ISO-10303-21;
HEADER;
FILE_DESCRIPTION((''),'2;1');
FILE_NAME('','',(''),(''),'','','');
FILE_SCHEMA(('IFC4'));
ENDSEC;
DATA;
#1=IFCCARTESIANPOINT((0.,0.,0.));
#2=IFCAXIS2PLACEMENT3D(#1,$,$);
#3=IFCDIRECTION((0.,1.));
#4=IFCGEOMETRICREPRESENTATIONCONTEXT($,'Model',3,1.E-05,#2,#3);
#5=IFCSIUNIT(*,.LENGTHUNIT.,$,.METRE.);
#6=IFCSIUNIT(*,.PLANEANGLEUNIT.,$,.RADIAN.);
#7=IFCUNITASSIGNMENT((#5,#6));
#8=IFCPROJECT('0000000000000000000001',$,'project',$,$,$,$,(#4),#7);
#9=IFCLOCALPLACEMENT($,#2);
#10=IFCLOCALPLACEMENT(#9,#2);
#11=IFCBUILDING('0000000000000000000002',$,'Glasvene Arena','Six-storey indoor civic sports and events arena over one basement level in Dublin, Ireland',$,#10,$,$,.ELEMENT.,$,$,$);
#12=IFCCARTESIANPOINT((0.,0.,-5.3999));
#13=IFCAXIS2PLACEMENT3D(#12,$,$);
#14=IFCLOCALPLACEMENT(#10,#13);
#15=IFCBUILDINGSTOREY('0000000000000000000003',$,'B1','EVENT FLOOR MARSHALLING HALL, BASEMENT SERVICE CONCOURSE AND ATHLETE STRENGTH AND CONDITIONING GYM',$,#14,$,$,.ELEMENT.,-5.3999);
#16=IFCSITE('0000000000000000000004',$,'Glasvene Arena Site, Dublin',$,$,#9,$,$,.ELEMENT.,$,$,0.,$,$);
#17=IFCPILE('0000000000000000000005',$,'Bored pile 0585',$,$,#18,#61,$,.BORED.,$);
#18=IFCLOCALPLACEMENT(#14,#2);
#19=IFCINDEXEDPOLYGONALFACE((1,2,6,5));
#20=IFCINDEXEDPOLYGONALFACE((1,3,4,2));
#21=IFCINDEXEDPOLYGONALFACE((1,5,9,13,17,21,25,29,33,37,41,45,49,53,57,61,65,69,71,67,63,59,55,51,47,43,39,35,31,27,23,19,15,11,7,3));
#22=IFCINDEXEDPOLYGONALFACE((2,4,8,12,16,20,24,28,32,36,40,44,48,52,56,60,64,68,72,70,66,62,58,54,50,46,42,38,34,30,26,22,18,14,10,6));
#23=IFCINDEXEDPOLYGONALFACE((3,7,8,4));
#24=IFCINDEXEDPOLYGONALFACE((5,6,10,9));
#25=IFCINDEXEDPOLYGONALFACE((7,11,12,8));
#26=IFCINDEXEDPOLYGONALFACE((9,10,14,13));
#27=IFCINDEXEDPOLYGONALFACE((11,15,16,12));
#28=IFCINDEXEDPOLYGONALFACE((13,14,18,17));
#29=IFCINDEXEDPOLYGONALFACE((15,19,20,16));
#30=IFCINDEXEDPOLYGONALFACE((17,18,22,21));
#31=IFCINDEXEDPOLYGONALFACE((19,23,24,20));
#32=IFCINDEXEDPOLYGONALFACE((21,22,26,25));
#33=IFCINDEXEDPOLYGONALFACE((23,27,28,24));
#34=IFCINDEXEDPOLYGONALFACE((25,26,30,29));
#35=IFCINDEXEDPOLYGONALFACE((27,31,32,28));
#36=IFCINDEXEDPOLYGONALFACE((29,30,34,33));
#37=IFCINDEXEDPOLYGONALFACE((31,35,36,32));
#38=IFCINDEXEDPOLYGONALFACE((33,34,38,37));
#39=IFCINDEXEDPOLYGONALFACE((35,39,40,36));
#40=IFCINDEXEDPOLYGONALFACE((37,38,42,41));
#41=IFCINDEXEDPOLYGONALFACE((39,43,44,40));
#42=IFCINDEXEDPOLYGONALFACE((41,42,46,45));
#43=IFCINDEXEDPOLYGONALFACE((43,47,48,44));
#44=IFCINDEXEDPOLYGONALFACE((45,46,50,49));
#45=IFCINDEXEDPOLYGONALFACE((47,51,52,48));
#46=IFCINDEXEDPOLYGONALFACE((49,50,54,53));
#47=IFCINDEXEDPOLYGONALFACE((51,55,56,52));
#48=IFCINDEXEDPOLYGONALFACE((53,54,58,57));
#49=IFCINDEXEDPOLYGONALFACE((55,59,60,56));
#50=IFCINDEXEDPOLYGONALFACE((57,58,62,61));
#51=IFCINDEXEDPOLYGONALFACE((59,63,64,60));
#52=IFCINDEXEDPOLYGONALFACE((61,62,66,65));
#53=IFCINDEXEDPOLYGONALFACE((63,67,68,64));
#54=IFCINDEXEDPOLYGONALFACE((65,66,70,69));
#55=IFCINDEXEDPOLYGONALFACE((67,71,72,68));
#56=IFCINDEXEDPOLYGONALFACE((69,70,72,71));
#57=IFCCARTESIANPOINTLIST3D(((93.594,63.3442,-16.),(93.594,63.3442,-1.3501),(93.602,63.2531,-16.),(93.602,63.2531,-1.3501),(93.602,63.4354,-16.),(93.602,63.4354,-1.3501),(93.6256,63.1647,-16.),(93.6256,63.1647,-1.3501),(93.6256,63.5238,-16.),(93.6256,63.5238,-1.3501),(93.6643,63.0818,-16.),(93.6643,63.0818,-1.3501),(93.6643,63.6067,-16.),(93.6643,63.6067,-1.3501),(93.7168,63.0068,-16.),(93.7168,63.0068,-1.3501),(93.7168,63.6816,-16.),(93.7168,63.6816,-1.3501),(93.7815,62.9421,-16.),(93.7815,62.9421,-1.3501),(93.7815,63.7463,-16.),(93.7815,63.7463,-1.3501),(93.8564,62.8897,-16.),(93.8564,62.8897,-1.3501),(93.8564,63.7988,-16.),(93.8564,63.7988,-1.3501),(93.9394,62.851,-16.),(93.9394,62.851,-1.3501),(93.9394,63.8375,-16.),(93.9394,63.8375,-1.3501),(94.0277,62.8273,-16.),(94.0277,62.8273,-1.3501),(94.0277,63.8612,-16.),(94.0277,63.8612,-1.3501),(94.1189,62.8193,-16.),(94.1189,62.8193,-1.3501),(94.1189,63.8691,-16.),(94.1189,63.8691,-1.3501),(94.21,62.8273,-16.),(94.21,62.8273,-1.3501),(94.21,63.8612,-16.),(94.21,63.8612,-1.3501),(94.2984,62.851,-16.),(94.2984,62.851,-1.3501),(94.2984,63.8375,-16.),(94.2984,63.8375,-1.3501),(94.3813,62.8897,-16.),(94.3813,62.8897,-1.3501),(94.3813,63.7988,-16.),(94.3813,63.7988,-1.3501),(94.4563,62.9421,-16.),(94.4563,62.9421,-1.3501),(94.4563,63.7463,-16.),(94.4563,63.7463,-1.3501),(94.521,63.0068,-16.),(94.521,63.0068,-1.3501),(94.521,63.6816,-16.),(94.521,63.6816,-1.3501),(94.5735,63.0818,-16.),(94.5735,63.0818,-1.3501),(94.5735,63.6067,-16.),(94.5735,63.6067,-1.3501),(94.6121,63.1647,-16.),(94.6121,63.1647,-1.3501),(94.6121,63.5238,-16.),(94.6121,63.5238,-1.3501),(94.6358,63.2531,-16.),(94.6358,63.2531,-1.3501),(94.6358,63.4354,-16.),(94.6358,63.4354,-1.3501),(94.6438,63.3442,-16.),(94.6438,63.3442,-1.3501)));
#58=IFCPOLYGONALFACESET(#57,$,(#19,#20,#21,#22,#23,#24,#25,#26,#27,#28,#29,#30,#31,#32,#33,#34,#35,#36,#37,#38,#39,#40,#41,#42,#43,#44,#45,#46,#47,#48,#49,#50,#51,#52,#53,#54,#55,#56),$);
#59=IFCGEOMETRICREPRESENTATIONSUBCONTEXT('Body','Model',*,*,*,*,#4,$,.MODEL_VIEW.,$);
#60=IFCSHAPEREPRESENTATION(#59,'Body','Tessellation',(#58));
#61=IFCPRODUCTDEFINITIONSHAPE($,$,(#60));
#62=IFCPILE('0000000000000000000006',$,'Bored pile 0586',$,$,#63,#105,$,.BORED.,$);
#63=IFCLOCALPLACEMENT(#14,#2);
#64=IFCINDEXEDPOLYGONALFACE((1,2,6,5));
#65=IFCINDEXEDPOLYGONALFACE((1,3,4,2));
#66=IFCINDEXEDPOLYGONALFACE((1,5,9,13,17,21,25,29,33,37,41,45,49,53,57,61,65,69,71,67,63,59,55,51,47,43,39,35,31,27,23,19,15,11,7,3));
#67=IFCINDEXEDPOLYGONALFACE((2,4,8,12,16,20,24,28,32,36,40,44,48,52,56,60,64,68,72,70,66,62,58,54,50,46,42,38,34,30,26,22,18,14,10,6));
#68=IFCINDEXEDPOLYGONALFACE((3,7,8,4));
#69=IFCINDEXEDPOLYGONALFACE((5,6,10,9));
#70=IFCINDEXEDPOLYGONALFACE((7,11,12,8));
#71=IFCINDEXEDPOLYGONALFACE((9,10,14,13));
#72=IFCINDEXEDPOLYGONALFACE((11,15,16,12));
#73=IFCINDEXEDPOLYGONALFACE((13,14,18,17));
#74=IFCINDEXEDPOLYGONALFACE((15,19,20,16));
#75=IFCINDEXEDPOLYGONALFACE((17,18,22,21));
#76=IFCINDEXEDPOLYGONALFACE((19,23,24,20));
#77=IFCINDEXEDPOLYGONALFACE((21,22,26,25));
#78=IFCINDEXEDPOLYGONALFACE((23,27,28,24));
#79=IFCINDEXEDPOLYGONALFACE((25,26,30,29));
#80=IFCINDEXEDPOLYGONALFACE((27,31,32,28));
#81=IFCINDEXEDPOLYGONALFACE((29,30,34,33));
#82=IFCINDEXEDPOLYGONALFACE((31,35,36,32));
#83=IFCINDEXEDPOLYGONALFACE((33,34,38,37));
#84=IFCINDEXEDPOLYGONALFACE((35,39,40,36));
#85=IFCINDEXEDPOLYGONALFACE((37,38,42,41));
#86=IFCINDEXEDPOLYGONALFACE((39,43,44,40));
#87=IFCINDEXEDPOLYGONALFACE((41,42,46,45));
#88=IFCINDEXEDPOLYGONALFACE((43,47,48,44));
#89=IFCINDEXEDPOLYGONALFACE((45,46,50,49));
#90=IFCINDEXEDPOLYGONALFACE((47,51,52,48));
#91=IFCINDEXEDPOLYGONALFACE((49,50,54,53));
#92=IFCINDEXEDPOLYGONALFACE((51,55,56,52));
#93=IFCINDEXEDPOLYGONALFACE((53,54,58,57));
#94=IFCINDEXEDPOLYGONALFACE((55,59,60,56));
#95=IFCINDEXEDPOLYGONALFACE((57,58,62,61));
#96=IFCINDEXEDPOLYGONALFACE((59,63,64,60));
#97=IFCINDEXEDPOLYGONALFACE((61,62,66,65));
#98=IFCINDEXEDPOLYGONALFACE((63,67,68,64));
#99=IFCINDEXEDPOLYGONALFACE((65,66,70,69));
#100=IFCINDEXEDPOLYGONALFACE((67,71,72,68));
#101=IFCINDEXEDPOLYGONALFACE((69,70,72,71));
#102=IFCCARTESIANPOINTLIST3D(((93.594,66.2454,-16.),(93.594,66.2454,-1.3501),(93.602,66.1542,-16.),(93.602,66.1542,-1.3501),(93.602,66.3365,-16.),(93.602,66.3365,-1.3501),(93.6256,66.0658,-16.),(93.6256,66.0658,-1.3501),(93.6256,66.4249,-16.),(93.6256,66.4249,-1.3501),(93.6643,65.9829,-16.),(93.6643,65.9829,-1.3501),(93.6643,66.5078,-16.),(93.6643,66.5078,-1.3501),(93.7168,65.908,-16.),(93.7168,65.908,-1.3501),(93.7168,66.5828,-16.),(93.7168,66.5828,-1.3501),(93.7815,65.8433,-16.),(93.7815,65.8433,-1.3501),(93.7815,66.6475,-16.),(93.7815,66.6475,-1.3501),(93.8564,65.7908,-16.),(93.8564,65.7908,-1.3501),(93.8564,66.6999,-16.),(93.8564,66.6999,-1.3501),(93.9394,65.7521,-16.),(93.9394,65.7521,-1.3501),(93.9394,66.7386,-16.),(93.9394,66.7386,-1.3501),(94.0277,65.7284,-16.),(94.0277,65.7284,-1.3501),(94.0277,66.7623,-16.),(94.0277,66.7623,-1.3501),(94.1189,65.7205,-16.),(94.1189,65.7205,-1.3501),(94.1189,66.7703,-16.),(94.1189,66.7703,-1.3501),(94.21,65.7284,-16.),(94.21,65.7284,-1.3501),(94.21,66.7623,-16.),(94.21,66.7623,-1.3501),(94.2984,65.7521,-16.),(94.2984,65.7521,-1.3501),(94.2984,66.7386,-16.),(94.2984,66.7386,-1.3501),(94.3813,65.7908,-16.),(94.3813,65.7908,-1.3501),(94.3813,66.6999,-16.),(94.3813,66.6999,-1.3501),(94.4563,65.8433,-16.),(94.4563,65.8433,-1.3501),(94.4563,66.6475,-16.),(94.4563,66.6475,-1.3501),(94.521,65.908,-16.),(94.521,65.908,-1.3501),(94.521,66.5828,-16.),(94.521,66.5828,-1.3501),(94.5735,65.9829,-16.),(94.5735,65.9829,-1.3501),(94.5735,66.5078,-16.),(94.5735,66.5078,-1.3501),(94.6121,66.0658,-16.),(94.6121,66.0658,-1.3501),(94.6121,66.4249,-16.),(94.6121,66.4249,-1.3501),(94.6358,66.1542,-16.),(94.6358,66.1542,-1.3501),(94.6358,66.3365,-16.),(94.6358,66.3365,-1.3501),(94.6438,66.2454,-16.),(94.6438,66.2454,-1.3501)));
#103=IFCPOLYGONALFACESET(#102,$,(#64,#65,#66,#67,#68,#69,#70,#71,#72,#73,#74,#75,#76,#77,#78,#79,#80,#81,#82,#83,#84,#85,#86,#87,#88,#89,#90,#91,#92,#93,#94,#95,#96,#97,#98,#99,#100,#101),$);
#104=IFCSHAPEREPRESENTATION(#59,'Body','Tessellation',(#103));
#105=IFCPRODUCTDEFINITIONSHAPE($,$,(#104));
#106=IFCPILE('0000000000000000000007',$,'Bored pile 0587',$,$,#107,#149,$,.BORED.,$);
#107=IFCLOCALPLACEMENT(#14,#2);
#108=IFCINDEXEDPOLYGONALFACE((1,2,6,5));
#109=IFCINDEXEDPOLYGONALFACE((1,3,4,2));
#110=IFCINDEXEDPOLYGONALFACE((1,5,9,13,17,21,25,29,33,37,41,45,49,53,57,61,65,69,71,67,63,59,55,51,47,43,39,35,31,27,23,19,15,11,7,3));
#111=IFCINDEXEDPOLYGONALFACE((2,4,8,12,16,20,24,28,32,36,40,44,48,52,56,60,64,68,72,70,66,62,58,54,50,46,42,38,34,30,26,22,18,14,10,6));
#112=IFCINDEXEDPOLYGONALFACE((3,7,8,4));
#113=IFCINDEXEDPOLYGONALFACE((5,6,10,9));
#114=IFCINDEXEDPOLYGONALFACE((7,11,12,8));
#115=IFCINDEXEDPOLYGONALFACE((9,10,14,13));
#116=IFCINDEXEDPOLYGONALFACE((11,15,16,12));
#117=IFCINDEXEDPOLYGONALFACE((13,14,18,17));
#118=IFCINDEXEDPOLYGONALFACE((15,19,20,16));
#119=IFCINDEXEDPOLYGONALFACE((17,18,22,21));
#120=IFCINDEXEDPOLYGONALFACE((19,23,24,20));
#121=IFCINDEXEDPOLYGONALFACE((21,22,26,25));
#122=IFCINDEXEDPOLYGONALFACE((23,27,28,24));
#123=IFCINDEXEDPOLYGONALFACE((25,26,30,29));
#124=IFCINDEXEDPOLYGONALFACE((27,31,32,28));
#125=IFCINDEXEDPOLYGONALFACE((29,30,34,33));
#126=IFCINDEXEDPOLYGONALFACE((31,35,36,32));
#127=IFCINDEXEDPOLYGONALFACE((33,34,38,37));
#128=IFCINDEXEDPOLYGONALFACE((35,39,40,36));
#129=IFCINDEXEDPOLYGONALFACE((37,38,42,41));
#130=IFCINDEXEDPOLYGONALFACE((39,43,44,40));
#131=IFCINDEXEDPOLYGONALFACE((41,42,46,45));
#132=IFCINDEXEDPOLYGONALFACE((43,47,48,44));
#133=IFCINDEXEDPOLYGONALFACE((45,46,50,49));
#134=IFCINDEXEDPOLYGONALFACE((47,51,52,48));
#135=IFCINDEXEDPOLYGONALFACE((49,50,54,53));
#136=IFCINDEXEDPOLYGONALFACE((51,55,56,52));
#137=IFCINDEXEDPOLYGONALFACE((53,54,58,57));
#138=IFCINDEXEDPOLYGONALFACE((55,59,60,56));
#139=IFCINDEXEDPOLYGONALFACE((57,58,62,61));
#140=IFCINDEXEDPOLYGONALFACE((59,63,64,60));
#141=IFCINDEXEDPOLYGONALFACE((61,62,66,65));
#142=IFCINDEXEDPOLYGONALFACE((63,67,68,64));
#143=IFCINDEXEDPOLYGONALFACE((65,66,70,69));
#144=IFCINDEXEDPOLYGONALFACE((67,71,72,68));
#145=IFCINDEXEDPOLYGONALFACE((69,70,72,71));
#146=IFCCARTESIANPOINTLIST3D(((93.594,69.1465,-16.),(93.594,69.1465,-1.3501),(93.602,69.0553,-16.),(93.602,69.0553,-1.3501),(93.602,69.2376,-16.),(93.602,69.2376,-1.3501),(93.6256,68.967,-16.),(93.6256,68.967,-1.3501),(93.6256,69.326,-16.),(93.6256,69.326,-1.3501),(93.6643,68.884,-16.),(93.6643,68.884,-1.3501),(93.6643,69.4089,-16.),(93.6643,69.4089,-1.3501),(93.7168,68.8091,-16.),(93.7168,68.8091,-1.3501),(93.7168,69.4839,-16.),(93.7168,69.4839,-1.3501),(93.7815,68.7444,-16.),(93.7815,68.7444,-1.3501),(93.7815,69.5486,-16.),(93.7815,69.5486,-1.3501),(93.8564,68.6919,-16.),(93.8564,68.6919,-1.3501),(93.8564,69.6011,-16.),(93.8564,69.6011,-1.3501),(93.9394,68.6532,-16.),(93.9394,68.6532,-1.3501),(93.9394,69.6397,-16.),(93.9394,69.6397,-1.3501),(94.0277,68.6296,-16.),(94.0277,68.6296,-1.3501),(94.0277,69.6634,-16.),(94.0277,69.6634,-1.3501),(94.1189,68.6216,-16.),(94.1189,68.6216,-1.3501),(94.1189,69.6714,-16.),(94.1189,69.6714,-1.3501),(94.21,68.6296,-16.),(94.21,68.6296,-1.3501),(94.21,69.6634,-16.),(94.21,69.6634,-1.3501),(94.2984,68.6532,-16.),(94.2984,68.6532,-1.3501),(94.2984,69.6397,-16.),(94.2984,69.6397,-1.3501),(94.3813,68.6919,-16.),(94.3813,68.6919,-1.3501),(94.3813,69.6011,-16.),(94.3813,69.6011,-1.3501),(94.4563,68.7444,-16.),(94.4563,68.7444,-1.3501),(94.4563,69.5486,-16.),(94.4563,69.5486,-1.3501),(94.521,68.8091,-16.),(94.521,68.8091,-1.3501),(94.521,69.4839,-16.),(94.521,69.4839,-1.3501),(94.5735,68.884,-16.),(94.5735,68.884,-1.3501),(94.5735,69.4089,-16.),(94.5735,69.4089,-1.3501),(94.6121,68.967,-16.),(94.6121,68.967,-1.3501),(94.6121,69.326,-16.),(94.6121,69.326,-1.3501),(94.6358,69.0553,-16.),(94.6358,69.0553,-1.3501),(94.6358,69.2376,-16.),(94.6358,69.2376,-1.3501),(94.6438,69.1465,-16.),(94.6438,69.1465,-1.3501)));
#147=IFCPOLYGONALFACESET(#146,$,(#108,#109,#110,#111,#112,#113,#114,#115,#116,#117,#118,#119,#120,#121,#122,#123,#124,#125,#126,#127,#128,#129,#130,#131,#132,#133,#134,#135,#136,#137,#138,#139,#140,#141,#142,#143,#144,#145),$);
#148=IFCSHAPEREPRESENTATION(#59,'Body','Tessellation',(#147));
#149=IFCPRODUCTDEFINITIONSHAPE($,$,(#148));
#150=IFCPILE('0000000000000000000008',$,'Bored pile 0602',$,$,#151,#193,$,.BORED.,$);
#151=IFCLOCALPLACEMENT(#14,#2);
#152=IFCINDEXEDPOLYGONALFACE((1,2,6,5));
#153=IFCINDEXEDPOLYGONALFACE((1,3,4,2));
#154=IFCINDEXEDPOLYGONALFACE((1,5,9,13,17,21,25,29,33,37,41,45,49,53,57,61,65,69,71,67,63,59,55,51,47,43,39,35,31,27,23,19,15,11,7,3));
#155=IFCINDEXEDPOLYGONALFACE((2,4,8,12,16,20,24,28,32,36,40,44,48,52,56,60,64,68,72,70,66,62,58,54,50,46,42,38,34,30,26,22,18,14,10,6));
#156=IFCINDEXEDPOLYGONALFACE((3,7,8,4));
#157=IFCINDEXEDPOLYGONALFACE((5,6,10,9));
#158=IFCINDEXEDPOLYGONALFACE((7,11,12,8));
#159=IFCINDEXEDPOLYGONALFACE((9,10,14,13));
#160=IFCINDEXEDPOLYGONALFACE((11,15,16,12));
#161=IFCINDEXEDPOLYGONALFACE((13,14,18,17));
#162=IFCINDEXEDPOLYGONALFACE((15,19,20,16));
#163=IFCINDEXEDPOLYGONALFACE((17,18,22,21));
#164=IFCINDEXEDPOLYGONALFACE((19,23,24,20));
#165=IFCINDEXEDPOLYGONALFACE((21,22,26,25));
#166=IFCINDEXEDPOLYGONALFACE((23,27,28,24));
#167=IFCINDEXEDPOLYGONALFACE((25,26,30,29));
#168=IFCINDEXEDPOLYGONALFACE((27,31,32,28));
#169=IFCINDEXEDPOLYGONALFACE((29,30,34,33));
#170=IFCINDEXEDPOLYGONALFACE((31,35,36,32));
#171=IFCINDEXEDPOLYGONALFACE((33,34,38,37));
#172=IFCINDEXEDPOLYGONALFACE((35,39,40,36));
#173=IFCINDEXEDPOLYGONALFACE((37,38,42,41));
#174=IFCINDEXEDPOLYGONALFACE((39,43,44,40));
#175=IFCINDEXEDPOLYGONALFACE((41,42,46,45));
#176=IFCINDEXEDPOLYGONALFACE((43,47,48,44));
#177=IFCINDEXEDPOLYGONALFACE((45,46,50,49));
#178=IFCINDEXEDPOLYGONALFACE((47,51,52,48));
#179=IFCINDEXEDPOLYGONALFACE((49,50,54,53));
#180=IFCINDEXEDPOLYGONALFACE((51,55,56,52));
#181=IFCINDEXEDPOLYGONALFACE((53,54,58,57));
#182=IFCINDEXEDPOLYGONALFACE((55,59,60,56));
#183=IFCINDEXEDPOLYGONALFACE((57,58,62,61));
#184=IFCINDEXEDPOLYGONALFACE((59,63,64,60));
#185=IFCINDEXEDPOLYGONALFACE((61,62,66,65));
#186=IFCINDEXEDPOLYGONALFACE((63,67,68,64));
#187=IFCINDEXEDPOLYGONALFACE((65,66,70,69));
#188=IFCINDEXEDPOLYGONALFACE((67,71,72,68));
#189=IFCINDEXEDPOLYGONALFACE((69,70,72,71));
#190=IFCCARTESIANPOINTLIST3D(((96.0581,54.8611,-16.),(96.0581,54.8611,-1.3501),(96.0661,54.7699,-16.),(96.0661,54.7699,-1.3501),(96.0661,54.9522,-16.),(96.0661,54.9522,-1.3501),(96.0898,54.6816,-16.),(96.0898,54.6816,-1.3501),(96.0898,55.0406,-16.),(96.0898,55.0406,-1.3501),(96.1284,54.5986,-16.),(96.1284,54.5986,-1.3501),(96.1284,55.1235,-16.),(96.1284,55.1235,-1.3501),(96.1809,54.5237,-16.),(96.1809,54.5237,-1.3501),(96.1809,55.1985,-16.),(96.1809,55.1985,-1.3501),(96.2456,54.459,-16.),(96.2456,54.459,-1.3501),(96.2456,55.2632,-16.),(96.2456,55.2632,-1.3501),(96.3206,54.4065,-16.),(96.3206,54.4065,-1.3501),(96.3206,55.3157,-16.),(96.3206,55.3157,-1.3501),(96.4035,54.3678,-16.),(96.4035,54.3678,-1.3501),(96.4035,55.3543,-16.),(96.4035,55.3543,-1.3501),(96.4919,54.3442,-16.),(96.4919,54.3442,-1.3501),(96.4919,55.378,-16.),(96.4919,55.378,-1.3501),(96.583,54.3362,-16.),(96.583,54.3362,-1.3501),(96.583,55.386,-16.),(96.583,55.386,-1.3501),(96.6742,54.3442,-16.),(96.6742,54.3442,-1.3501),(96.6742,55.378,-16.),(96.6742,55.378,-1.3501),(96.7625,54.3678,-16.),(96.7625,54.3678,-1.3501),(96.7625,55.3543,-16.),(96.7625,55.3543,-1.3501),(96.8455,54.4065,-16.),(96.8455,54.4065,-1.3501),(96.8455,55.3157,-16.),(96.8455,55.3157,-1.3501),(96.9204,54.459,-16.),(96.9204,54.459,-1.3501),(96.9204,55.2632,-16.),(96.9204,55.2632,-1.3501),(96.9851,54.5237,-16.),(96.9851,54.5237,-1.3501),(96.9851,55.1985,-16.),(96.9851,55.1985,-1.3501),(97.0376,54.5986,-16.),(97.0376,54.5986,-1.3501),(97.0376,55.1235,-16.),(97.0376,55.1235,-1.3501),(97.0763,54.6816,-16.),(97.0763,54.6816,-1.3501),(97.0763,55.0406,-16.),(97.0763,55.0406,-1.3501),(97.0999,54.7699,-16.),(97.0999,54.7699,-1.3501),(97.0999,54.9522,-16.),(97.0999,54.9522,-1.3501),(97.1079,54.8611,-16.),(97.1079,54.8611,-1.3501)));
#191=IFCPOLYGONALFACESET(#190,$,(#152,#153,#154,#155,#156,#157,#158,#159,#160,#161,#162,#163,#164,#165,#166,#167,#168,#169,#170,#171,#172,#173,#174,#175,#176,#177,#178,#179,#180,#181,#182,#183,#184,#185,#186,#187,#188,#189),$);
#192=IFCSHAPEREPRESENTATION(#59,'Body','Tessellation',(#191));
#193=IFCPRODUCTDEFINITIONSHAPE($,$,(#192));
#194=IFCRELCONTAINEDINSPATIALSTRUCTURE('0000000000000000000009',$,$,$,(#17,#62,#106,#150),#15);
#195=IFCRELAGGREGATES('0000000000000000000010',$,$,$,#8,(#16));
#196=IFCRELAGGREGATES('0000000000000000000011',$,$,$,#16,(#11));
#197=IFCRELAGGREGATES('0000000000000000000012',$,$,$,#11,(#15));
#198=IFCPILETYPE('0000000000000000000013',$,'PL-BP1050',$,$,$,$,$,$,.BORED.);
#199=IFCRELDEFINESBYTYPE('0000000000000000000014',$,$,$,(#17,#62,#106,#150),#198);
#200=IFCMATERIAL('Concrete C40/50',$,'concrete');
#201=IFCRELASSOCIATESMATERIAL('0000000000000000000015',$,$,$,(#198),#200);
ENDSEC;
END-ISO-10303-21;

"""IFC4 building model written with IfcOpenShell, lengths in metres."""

from ifc_helpers import new_model, si_unit, direction, frame, origin, origin_2d, place, context, subcontext, project, spatial, circle, extrude, material, material_profile, profile_set, type_object, element, save


model = new_model("IFC4")

# Units and contexts
model_context = context("Model", 3, precision=1e-05, world=origin(), true_north=direction((0.0, 1.0)))
body_context = subcontext(model_context, "Body", "Model", "MODEL_VIEW")
ifc_project = project(units=[si_unit("LENGTHUNIT", "METRE"), si_unit("PLANEANGLEUNIT", "RADIAN")], contexts=[model_context])

# Site, building, storey
site_placement = place(None, origin())
site = spatial("IfcSite", under=ifc_project, at=site_placement, Name="Glasvene Arena Site, Dublin", CompositionType="ELEMENT", RefElevation=0.0)
building_placement = place(site_placement, origin())
building = spatial("IfcBuilding", under=site, at=building_placement, Name="Glasvene Arena", Description="Six-storey indoor civic sports and events arena over one basement level in Dublin, Ireland", CompositionType="ELEMENT")
storey_placement = place(building_placement, frame((0.0, 0.0, -5.3999)))
storey = spatial("IfcBuildingStorey", under=building, at=storey_placement, Name="B1", Description="EVENT FLOOR MARSHALLING HALL, BASEMENT SERVICE CONCOURSE AND ATHLETE STRENGTH AND CONDITIONING GYM", CompositionType="ELEMENT", Elevation=-5.3999)

# Piles
ifc_material = material(Name="Concrete C40/50", Category="concrete")
ifc_material_profile_1 = material_profile(ifc_material, circle(Radius=0.5249, at=origin_2d()), Name="BORED PILE 1050")
ifc_profile_set_1 = profile_set([ifc_material_profile_1], Name="Concrete C40/50")
pile_type = type_object("IfcPileType", Name="PL-BP1050", PredefinedType="BORED", material=ifc_profile_set_1)
for number, where, z_axis, x_axis, name in (
    (1, (94.1189, 63.3442, -1.3501), (0.0, 0.0, -1.0), (1.0, 0.0, 0.0), "Bored pile 0585"),
    (2, (94.1189, 66.2454, -1.3501), (0.0, 0.0, -1.0), (1.0, 0.0, 0.0), "Bored pile 0586"),
    (3, (94.1189, 69.1465, -1.3501), (0.0, 0.0, -1.0), (1.0, 0.0, 0.0), "Bored pile 0587"),
    (4, (96.583, 54.8611, -1.3501), (0.0, 0.0, -1.0), (1.0, 0.0, 0.0), "Bored pile 0602"),
):
    element("IfcPile", number, at=place(storey_placement, frame(where, z_axis=z_axis, x_axis=x_axis)), inside=storey, type_object=pile_type, Name=name, PredefinedType="BORED", context=body_context, shape_type="SweptSolid", body=[
        extrude(circle(Radius=0.5249, at=origin_2d()), origin(), (0.0, 0.0, 1.0), 14.6499),
    ])

save(model, "model.ifc")
